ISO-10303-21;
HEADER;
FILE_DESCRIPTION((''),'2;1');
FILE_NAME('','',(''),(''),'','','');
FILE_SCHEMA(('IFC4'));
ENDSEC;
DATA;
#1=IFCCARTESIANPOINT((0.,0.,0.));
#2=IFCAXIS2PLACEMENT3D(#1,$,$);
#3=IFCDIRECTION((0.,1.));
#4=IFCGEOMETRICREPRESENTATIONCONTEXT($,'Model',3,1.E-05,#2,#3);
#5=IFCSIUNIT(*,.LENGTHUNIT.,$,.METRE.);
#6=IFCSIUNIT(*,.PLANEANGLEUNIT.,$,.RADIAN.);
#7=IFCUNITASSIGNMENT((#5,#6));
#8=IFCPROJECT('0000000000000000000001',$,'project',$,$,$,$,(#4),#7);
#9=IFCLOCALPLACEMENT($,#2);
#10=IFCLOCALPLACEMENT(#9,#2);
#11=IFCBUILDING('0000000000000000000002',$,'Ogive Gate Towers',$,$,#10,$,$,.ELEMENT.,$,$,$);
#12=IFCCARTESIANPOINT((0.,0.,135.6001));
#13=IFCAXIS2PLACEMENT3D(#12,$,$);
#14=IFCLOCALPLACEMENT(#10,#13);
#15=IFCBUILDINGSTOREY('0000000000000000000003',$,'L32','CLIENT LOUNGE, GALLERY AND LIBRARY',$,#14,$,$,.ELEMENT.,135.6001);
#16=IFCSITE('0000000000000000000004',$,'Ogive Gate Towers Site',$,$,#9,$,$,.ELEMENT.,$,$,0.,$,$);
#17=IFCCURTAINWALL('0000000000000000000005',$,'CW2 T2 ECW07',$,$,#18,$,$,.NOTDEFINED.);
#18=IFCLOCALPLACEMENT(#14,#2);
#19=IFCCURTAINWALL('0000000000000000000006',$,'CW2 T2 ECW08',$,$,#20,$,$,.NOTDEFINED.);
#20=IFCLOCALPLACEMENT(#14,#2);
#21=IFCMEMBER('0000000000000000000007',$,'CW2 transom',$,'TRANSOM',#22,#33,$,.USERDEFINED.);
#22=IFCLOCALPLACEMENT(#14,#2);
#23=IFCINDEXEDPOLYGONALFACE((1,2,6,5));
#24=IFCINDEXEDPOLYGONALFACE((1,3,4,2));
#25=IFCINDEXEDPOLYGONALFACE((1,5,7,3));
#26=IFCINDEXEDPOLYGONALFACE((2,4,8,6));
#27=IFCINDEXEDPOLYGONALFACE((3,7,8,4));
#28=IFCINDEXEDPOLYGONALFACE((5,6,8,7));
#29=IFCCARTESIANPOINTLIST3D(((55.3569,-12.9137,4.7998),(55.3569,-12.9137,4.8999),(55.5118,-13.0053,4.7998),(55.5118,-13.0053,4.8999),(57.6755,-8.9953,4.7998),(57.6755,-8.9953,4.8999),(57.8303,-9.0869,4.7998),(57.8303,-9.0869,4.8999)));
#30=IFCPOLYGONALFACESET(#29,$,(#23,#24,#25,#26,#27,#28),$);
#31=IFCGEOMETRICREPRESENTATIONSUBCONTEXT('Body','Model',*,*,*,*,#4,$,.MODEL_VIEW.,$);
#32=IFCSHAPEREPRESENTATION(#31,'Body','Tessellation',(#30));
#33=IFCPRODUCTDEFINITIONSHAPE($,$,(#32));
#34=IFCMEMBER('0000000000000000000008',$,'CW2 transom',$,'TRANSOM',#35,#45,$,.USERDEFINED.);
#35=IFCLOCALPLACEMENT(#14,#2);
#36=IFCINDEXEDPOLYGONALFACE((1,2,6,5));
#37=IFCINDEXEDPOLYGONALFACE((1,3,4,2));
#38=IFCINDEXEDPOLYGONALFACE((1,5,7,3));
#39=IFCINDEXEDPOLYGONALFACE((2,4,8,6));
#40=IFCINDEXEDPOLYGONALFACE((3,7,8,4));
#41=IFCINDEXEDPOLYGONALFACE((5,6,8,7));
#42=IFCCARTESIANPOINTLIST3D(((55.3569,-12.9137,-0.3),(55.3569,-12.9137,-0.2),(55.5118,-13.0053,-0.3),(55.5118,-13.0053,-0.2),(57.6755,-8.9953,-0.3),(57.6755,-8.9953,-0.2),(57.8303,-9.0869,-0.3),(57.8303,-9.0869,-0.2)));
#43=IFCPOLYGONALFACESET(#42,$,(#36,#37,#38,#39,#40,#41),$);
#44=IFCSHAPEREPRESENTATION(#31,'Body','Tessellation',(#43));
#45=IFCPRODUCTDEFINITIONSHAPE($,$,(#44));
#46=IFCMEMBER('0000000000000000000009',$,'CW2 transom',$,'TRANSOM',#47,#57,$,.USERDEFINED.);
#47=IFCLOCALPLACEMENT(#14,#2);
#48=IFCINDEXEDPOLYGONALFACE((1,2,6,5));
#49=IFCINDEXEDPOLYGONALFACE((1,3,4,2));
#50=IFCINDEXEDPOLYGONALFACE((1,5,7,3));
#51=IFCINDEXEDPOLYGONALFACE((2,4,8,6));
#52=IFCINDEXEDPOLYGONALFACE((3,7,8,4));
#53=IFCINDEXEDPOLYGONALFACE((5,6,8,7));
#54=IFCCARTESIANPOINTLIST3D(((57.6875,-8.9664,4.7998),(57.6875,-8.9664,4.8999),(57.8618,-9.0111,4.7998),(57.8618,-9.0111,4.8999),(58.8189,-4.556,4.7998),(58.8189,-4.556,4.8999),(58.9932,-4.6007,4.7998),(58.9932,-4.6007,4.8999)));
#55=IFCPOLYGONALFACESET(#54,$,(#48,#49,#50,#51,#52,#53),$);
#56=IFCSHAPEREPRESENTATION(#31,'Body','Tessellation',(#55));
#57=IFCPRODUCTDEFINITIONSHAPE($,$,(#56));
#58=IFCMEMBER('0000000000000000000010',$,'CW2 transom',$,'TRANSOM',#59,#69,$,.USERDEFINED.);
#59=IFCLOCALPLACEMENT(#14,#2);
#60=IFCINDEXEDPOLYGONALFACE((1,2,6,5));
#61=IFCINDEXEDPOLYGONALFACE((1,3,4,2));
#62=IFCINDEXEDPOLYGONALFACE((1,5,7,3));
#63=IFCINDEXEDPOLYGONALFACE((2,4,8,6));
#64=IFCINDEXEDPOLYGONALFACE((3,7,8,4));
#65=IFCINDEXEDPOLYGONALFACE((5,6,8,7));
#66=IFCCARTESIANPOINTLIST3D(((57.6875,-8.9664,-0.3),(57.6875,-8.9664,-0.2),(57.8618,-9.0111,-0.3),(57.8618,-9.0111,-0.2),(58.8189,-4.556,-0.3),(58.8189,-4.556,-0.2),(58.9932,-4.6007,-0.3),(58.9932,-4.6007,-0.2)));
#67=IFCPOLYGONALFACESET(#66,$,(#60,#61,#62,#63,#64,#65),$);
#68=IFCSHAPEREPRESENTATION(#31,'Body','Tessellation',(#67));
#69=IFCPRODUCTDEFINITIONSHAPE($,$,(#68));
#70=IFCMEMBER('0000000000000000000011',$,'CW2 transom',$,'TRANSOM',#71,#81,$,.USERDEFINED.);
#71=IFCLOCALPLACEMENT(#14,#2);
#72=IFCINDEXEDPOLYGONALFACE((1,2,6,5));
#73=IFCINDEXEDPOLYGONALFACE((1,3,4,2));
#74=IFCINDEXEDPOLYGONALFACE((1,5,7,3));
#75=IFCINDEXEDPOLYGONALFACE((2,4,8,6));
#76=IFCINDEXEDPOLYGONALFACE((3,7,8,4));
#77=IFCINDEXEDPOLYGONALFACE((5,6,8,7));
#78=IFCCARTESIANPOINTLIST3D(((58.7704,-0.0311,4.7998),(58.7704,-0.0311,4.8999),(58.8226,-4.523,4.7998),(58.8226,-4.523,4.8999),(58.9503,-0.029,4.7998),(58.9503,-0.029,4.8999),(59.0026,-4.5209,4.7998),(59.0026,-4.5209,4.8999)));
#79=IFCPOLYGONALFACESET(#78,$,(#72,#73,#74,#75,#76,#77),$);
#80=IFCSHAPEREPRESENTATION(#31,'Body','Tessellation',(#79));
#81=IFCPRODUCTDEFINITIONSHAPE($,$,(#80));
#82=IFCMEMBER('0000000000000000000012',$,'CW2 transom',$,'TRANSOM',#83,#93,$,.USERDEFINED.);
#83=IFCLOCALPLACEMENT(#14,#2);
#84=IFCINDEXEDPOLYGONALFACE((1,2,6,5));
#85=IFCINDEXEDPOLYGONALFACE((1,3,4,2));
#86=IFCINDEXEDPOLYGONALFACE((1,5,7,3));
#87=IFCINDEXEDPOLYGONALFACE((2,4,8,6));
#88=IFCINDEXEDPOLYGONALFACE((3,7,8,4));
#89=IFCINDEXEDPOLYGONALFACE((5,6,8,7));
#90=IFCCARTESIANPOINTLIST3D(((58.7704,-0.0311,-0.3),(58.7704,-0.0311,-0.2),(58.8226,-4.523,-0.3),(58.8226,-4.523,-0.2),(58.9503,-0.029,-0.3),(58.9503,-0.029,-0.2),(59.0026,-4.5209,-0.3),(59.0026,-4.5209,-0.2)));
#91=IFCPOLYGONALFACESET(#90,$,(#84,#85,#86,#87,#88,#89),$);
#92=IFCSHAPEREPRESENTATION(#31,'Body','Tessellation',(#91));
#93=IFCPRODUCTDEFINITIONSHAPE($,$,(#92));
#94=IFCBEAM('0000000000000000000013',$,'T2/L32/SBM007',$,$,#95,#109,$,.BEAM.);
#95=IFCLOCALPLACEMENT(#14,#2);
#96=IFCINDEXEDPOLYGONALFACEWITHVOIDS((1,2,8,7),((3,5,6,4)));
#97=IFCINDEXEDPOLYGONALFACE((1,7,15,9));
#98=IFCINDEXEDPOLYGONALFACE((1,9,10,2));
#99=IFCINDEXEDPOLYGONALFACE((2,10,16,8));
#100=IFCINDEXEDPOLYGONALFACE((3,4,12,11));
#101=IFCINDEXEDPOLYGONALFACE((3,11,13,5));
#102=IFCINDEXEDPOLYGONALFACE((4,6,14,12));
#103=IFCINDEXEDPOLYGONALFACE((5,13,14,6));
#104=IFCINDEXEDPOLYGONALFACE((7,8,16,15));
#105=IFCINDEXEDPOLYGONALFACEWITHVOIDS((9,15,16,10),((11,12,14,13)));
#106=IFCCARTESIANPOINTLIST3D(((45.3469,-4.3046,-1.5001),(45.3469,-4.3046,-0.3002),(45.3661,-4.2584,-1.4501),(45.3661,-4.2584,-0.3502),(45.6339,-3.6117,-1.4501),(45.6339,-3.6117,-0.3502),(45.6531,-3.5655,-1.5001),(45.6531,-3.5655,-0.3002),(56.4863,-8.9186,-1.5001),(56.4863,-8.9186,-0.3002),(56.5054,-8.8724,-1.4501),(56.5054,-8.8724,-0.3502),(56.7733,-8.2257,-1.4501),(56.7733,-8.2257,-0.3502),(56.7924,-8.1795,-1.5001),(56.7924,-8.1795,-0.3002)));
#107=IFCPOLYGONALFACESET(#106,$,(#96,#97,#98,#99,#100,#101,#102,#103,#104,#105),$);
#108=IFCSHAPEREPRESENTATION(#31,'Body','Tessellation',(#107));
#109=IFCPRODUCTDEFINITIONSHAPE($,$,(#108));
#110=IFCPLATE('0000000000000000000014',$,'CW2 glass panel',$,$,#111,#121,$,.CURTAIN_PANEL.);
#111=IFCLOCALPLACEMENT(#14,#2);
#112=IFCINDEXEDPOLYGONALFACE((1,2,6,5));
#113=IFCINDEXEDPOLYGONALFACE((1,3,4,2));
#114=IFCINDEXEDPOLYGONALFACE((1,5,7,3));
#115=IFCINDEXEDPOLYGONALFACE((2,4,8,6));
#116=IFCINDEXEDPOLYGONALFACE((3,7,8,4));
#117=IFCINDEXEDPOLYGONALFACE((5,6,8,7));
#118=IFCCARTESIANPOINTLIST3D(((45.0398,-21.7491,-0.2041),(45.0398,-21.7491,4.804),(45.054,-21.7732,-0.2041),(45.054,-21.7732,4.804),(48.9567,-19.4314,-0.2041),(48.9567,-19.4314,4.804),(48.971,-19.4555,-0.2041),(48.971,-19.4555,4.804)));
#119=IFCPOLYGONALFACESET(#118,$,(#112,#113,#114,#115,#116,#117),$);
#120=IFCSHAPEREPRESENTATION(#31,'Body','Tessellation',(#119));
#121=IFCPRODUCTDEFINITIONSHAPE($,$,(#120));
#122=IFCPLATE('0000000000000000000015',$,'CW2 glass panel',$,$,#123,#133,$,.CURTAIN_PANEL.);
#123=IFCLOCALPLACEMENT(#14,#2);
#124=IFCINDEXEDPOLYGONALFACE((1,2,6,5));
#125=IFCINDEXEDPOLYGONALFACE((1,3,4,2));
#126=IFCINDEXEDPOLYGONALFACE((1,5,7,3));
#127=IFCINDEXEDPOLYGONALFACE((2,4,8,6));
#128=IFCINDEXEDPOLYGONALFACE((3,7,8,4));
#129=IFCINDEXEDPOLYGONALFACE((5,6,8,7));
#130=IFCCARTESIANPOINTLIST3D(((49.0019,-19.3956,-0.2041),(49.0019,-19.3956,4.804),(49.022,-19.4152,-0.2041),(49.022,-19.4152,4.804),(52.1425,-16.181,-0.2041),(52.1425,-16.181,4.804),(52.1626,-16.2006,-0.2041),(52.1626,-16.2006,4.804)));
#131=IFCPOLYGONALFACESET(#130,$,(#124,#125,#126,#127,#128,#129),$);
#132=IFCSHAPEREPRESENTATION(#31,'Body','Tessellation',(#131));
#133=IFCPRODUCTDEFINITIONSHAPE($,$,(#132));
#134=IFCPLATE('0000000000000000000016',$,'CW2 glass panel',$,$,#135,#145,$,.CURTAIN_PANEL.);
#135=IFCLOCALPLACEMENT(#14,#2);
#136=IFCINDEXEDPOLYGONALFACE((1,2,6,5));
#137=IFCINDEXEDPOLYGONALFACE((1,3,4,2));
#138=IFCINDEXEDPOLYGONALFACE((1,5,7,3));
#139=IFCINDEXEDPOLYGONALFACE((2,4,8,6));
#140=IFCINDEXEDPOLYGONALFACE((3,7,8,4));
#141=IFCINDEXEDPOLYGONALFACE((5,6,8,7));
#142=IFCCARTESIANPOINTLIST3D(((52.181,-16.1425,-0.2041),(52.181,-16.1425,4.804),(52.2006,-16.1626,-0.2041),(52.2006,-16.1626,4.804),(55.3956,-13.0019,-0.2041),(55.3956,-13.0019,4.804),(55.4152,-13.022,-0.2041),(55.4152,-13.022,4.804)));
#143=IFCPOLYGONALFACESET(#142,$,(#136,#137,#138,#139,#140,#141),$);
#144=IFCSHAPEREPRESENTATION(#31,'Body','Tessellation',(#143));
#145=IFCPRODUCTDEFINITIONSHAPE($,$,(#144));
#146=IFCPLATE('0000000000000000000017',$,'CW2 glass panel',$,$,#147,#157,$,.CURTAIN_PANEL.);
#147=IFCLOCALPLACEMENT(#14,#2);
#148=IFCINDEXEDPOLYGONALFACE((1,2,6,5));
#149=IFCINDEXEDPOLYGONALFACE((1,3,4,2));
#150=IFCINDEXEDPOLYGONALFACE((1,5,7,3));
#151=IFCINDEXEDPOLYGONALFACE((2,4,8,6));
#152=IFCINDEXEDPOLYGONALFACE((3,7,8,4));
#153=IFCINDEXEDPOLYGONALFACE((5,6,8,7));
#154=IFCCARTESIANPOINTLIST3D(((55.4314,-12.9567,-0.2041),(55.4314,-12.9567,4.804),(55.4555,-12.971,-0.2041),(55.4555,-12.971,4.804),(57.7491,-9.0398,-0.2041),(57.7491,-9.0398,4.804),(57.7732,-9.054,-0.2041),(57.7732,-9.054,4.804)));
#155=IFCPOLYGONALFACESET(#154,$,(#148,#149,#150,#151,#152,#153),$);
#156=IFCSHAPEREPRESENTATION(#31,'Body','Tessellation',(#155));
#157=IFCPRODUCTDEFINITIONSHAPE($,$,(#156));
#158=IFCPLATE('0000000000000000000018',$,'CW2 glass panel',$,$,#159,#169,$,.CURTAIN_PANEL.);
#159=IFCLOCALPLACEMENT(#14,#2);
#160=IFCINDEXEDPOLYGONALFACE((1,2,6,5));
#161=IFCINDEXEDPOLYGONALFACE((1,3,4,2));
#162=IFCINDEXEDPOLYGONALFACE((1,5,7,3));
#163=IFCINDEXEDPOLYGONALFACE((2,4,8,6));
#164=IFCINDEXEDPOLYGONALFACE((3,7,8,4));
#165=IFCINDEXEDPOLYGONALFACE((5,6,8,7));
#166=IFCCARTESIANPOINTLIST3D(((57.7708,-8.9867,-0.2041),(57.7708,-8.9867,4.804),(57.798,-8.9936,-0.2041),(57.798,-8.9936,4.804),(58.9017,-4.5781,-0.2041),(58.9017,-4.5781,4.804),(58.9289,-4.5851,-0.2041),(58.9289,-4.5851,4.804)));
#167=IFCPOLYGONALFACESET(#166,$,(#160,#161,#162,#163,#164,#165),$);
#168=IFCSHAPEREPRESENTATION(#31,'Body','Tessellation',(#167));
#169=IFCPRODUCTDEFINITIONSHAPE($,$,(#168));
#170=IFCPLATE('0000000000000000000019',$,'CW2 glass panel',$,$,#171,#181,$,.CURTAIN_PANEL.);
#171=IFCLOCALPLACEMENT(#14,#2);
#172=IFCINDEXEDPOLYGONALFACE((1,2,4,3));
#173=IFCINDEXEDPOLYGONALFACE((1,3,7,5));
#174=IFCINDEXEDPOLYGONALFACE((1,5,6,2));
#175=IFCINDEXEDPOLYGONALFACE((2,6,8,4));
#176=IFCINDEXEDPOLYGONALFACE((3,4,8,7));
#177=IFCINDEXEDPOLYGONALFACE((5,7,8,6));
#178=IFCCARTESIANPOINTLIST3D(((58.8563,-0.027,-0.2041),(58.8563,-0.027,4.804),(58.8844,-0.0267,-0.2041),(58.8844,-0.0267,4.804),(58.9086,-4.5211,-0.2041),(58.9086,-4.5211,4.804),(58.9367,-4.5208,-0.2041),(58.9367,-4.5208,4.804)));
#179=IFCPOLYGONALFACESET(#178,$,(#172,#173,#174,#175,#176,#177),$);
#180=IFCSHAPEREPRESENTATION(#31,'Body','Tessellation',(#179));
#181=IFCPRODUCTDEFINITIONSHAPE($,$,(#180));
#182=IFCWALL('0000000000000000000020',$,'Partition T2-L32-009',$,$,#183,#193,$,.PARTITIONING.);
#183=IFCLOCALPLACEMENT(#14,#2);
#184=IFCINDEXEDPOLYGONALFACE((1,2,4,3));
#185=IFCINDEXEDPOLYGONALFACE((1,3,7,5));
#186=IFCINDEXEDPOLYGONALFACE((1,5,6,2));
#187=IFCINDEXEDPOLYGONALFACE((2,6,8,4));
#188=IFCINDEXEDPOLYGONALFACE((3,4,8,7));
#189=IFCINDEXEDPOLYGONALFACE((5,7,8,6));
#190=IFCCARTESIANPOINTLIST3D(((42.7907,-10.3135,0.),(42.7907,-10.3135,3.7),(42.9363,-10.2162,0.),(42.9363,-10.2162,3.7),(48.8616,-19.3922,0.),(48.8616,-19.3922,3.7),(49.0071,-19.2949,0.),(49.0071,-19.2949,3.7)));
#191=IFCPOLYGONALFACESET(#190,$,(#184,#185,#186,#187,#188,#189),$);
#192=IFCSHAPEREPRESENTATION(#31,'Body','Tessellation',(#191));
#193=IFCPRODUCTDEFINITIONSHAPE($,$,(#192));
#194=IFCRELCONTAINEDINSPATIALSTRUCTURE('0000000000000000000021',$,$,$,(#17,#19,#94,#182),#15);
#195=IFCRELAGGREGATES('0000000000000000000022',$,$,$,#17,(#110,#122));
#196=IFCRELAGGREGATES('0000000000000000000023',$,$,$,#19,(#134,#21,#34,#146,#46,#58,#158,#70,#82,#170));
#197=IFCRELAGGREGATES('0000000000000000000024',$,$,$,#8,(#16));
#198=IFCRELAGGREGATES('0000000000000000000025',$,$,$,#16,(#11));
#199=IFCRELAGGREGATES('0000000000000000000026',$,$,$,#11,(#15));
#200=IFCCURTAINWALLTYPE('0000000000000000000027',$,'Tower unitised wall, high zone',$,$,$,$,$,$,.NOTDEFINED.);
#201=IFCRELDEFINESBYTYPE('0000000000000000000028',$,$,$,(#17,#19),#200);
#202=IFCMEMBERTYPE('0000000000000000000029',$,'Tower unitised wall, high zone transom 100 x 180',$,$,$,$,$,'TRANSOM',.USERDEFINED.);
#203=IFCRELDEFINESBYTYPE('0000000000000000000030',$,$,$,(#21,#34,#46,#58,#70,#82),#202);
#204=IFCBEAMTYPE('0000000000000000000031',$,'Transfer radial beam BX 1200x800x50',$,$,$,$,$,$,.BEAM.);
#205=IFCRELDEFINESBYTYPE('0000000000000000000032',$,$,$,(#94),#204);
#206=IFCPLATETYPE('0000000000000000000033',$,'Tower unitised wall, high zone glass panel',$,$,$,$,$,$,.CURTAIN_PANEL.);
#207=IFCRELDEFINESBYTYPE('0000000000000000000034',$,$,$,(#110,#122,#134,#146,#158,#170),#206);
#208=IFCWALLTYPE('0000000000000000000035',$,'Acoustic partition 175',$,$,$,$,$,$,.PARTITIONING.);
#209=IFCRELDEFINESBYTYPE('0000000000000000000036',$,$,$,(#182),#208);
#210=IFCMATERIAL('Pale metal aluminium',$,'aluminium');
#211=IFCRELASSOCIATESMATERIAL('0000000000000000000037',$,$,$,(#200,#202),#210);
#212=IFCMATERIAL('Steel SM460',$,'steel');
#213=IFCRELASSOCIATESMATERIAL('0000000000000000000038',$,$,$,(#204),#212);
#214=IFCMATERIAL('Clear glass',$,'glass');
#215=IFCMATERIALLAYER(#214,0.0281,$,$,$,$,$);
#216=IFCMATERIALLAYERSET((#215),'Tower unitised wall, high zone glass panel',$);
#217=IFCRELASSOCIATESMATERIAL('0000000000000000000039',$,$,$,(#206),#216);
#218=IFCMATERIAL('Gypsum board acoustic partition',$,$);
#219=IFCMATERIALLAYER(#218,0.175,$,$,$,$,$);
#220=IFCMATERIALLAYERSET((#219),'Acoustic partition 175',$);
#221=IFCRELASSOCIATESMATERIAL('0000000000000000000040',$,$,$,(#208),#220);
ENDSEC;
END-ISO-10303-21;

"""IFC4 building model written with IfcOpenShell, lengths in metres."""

from ifc_helpers import new_model, si_unit, direction, frame, frame_2d, origin, origin_2d, place, context, subcontext, project, spatial, rectangle, hollow_rectangle, extrude, material, layer, layer_set, material_profile, profile_set, type_object, element, aggregate, save


model = new_model("IFC4")

# Units and contexts
model_context = context("Model", 3, precision=1e-05, world=origin(), true_north=direction((0.0, 1.0)))
body_context = subcontext(model_context, "Body", "Model", "MODEL_VIEW")
ifc_project = project(units=[si_unit("LENGTHUNIT", "METRE"), si_unit("PLANEANGLEUNIT", "RADIAN")], contexts=[model_context])

# Site, building, storey
site_placement = place(None, origin())
site = spatial("IfcSite", under=ifc_project, at=site_placement, Name="Ogive Gate Towers Site", CompositionType="ELEMENT", RefElevation=0.0)
building_placement = place(site_placement, origin())
building = spatial("IfcBuilding", under=site, at=building_placement, Name="Ogive Gate Towers", CompositionType="ELEMENT")
storey_placement = place(building_placement, frame((0.0, 0.0, 135.6001)))
storey = spatial("IfcBuildingStorey", under=building, at=storey_placement, Name="L32", Description="CLIENT LOUNGE, GALLERY AND LIBRARY", CompositionType="ELEMENT", Elevation=135.6001)

# Shared definitions
ifc_material_1 = material(Name="Steel SM460", Category="steel")

# Curtain walls
ifc_material_2 = material(Name="Pale metal aluminium", Category="aluminium")
curtain_wall_type = type_object("IfcCurtainWallType", Name="Tower unitised wall, high zone", PredefinedType="NOTDEFINED", material=ifc_material_2)
curtain_wall_1_placement = place(storey_placement, origin())
curtain_wall_1 = element("IfcCurtainWall", 1, at=curtain_wall_1_placement, inside=storey, type_object=curtain_wall_type, Name="CW2 T2 ECW07", PredefinedType="NOTDEFINED")
curtain_wall_2_placement = place(storey_placement, origin())
curtain_wall_2 = element("IfcCurtainWall", 2, at=curtain_wall_2_placement, inside=storey, type_object=curtain_wall_type, Name="CW2 T2 ECW08", PredefinedType="NOTDEFINED")

# Members
ifc_material_profile_1 = material_profile(ifc_material_2, rectangle(XDim=0.1799, YDim=0.1001, at=origin_2d()), Name="100 x 180 aluminium box")
ifc_profile_set_1 = profile_set([ifc_material_profile_1], Name="Pale metal aluminium")
member_type_1 = type_object("IfcMemberType", Name="Tower unitised wall, high zone transom 100 x 180", ElementType="TRANSOM", PredefinedType="USERDEFINED", material=ifc_profile_set_1)
member_1_placement = place(storey_placement, frame((55.4343, -12.9595, 4.8499), z_axis=(0.509242, 0.860623, 0.0), x_axis=(-0.860623, 0.509242, 0.0)))
member_1 = element("IfcMember", 3, at=member_1_placement, type_object=member_type_1, Name="CW2 transom", ObjectType="TRANSOM", PredefinedType="USERDEFINED", context=body_context, shape_type="SweptSolid", body=[
    extrude(rectangle(XDim=0.1799, YDim=0.1001, at=origin_2d()), origin(), (0.0, 0.0, 1.0), 4.553),
])
member_2_placement = place(storey_placement, frame((55.4343, -12.9595, -0.25), z_axis=(0.509242, 0.860623, 0.0), x_axis=(-0.860623, 0.509242, 0.0)))
member_2 = element("IfcMember", 4, at=member_2_placement, type_object=member_type_1, Name="CW2 transom", ObjectType="TRANSOM", PredefinedType="USERDEFINED", context=body_context, shape_type="SweptSolid", body=[
    extrude(rectangle(XDim=0.1799, YDim=0.1001, at=origin_2d()), origin(), (0.0, 0.0, 1.0), 4.553),
])
member_3_placement = place(storey_placement, frame((57.7747, -8.9888, 4.8499), z_axis=(0.248473, 0.968639, 0.0), x_axis=(-0.968639, 0.248473, 0.0)))
member_3 = element("IfcMember", 5, at=member_3_placement, type_object=member_type_1, Name="CW2 transom", ObjectType="TRANSOM", PredefinedType="USERDEFINED", context=body_context, shape_type="SweptSolid", body=[
    extrude(rectangle(XDim=0.1799, YDim=0.1001, at=origin_2d()), origin(), (0.0, 0.0, 1.0), 4.5532),
])
member_4_placement = place(storey_placement, frame((57.7747, -8.9888, -0.25), z_axis=(0.248473, 0.968639, 0.0), x_axis=(-0.968639, 0.248473, 0.0)))
member_4 = element("IfcMember", 6, at=member_4_placement, type_object=member_type_1, Name="CW2 transom", ObjectType="TRANSOM", PredefinedType="USERDEFINED", context=body_context, shape_type="SweptSolid", body=[
    extrude(rectangle(XDim=0.1799, YDim=0.1001, at=origin_2d()), origin(), (0.0, 0.0, 1.0), 4.5532),
])
member_5_placement = place(storey_placement, frame((58.9126, -4.522, 4.8499), z_axis=(-0.01163, 0.999932, 0.0), x_axis=(-0.999932, -0.01163, 0.0)))
member_5 = element("IfcMember", 7, at=member_5_placement, type_object=member_type_1, Name="CW2 transom", ObjectType="TRANSOM", PredefinedType="USERDEFINED", context=body_context, shape_type="SweptSolid", body=[
    extrude(rectangle(XDim=0.1799, YDim=0.1001, at=origin_2d()), origin(), (0.0, 0.0, 1.0), 4.4922),
])
member_6_placement = place(storey_placement, frame((58.9126, -4.522, -0.25), z_axis=(-0.01163, 0.999932, 0.0), x_axis=(-0.999932, -0.01163, 0.0)))
member_6 = element("IfcMember", 8, at=member_6_placement, type_object=member_type_1, Name="CW2 transom", ObjectType="TRANSOM", PredefinedType="USERDEFINED", context=body_context, shape_type="SweptSolid", body=[
    extrude(rectangle(XDim=0.1799, YDim=0.1001, at=origin_2d()), origin(), (0.0, 0.0, 1.0), 4.4922),
])

# Beam
ifc_material_profile_2 = material_profile(ifc_material_1, hollow_rectangle(XDim=0.8, YDim=1.2, WallThickness=0.05, at=origin_2d()), Name="BX 1200x800x50")
ifc_profile_set_2 = profile_set([ifc_material_profile_2], Name="Steel SM460")
beam_type_1 = type_object("IfcBeamType", Name="Transfer radial beam BX 1200x800x50", PredefinedType="BEAM", material=ifc_profile_set_2)
beam_1_placement = place(storey_placement, frame((45.5, -3.9351, -0.9001), z_axis=(0.923882, -0.382678, 0.0), x_axis=(0.382678, 0.923882, 0.0)))
element("IfcBeam", 9, at=beam_1_placement, inside=storey, type_object=beam_type_1, Name="T2/L32/SBM007", PredefinedType="BEAM", context=body_context, shape_type="SweptSolid", body=[
    extrude(hollow_rectangle(XDim=0.8, YDim=1.2, WallThickness=0.05, at=origin_2d()), origin(), (0.0, 0.0, 1.0), 12.0571),
])

# Plates
ifc_material_3 = material(Name="Clear glass", Category="glass")
ifc_layer_1 = layer(ifc_material_3, 0.0281)
ifc_layer_set_1 = layer_set([ifc_layer_1], Name="Tower unitised wall, high zone glass panel")
plate_type = type_object("IfcPlateType", Name="Tower unitised wall, high zone glass panel", PredefinedType="CURTAIN_PANEL", material=ifc_layer_set_1)
plate_1_placement = place(storey_placement, frame((47.0054, -20.6023, -0.2041), z_axis=(0.0, 0.0, 1.0), x_axis=(0.860627, 0.509237, 0.0)))
plate_1 = element("IfcPlate", 10, at=plate_1_placement, type_object=plate_type, Name="CW2 glass panel", PredefinedType="CURTAIN_PANEL", context=body_context, shape_type="SweptSolid", body=[
    extrude(rectangle(XDim=4.5513, YDim=0.0281, at=origin_2d()), origin(), (0.0, 0.0, 1.0), 5.0081),
])
plate_2_placement = place(storey_placement, frame((50.5823, -17.7981, -0.2041), z_axis=(0.0, 0.0, 1.0), x_axis=(0.698815, 0.715303, 0.0)))
plate_2 = element("IfcPlate", 11, at=plate_2_placement, type_object=plate_type, Name="CW2 glass panel", PredefinedType="CURTAIN_PANEL", context=body_context, shape_type="SweptSolid", body=[
    extrude(rectangle(XDim=4.4941, YDim=0.0281, at=origin_2d()), origin(), (0.0, 0.0, 1.0), 5.0081),
])
aggregate(curtain_wall_1, [plate_1, plate_2])
plate_3_placement = place(storey_placement, frame((53.7981, -14.5823, -0.2041), z_axis=(0.0, 0.0, 1.0), x_axis=(0.715303, 0.698815, 0.0)))
plate_3 = element("IfcPlate", 12, at=plate_3_placement, type_object=plate_type, Name="CW2 glass panel", PredefinedType="CURTAIN_PANEL", context=body_context, shape_type="SweptSolid", body=[
    extrude(rectangle(XDim=4.4941, YDim=0.0281, at=origin_2d()), origin(), (0.0, 0.0, 1.0), 5.0081),
])
plate_4_placement = place(storey_placement, frame((56.6023, -11.0054, -0.2041), z_axis=(0.0, 0.0, 1.0), x_axis=(0.509237, 0.860627, 0.0)))
plate_4 = element("IfcPlate", 13, at=plate_4_placement, type_object=plate_type, Name="CW2 glass panel", PredefinedType="CURTAIN_PANEL", context=body_context, shape_type="SweptSolid", body=[
    extrude(rectangle(XDim=4.5513, YDim=0.0281, at=origin_2d()), origin(), (0.0, 0.0, 1.0), 5.0081),
])
plate_5_placement = place(storey_placement, frame((58.3499, -6.7859, -0.2041), z_axis=(0.0, 0.0, 1.0), x_axis=(0.24847, 0.96864, 0.0)))
plate_5 = element("IfcPlate", 14, at=plate_5_placement, type_object=plate_type, Name="CW2 glass panel", PredefinedType="CURTAIN_PANEL", context=body_context, shape_type="SweptSolid", body=[
    extrude(rectangle(XDim=4.5513, YDim=0.0281, at=origin_2d()), origin(), (0.0, 0.0, 1.0), 5.0081),
])
plate_6_placement = place(storey_placement, frame((58.8965, -2.2739, -0.2041), z_axis=(0.0, 0.0, 1.0), x_axis=(-0.011641, 0.999932, 0.0)))
plate_6 = element("IfcPlate", 15, at=plate_6_placement, type_object=plate_type, Name="CW2 glass panel", PredefinedType="CURTAIN_PANEL", context=body_context, shape_type="SweptSolid", body=[
    extrude(rectangle(XDim=4.4944, YDim=0.0281, at=origin_2d()), origin(), (0.0, 0.0, 1.0), 5.0081),
])
aggregate(curtain_wall_2, [plate_3, member_1, member_2, plate_4, member_3, member_4, plate_5, member_5, member_6, plate_6])

# Wall
ifc_material_4 = material(Name="Gypsum board acoustic partition")
ifc_layer_2 = layer(ifc_material_4, 0.175)
ifc_layer_set_2 = layer_set([ifc_layer_2], Name="Acoustic partition 175")
wall_type_1 = type_object("IfcWallType", Name="Acoustic partition 175", PredefinedType="PARTITIONING", material=ifc_layer_set_2)
wall_1_placement = place(storey_placement, frame((48.9343, -19.3435, 0.0), z_axis=(0.0, 0.0, 1.0), x_axis=(-0.555866, 0.831272, 0.0)))
element("IfcWall", 16, at=wall_1_placement, inside=storey, type_object=wall_type_1, Name="Partition T2-L32-009", PredefinedType="PARTITIONING", context=body_context, shape_type="SweptSolid", body=[
    extrude(rectangle(XDim=10.9214, YDim=0.175, at=frame_2d((5.4607, 0.0))), origin(), (0.0, 0.0, 1.0), 3.7),
])

save(model, "model.ifc")
